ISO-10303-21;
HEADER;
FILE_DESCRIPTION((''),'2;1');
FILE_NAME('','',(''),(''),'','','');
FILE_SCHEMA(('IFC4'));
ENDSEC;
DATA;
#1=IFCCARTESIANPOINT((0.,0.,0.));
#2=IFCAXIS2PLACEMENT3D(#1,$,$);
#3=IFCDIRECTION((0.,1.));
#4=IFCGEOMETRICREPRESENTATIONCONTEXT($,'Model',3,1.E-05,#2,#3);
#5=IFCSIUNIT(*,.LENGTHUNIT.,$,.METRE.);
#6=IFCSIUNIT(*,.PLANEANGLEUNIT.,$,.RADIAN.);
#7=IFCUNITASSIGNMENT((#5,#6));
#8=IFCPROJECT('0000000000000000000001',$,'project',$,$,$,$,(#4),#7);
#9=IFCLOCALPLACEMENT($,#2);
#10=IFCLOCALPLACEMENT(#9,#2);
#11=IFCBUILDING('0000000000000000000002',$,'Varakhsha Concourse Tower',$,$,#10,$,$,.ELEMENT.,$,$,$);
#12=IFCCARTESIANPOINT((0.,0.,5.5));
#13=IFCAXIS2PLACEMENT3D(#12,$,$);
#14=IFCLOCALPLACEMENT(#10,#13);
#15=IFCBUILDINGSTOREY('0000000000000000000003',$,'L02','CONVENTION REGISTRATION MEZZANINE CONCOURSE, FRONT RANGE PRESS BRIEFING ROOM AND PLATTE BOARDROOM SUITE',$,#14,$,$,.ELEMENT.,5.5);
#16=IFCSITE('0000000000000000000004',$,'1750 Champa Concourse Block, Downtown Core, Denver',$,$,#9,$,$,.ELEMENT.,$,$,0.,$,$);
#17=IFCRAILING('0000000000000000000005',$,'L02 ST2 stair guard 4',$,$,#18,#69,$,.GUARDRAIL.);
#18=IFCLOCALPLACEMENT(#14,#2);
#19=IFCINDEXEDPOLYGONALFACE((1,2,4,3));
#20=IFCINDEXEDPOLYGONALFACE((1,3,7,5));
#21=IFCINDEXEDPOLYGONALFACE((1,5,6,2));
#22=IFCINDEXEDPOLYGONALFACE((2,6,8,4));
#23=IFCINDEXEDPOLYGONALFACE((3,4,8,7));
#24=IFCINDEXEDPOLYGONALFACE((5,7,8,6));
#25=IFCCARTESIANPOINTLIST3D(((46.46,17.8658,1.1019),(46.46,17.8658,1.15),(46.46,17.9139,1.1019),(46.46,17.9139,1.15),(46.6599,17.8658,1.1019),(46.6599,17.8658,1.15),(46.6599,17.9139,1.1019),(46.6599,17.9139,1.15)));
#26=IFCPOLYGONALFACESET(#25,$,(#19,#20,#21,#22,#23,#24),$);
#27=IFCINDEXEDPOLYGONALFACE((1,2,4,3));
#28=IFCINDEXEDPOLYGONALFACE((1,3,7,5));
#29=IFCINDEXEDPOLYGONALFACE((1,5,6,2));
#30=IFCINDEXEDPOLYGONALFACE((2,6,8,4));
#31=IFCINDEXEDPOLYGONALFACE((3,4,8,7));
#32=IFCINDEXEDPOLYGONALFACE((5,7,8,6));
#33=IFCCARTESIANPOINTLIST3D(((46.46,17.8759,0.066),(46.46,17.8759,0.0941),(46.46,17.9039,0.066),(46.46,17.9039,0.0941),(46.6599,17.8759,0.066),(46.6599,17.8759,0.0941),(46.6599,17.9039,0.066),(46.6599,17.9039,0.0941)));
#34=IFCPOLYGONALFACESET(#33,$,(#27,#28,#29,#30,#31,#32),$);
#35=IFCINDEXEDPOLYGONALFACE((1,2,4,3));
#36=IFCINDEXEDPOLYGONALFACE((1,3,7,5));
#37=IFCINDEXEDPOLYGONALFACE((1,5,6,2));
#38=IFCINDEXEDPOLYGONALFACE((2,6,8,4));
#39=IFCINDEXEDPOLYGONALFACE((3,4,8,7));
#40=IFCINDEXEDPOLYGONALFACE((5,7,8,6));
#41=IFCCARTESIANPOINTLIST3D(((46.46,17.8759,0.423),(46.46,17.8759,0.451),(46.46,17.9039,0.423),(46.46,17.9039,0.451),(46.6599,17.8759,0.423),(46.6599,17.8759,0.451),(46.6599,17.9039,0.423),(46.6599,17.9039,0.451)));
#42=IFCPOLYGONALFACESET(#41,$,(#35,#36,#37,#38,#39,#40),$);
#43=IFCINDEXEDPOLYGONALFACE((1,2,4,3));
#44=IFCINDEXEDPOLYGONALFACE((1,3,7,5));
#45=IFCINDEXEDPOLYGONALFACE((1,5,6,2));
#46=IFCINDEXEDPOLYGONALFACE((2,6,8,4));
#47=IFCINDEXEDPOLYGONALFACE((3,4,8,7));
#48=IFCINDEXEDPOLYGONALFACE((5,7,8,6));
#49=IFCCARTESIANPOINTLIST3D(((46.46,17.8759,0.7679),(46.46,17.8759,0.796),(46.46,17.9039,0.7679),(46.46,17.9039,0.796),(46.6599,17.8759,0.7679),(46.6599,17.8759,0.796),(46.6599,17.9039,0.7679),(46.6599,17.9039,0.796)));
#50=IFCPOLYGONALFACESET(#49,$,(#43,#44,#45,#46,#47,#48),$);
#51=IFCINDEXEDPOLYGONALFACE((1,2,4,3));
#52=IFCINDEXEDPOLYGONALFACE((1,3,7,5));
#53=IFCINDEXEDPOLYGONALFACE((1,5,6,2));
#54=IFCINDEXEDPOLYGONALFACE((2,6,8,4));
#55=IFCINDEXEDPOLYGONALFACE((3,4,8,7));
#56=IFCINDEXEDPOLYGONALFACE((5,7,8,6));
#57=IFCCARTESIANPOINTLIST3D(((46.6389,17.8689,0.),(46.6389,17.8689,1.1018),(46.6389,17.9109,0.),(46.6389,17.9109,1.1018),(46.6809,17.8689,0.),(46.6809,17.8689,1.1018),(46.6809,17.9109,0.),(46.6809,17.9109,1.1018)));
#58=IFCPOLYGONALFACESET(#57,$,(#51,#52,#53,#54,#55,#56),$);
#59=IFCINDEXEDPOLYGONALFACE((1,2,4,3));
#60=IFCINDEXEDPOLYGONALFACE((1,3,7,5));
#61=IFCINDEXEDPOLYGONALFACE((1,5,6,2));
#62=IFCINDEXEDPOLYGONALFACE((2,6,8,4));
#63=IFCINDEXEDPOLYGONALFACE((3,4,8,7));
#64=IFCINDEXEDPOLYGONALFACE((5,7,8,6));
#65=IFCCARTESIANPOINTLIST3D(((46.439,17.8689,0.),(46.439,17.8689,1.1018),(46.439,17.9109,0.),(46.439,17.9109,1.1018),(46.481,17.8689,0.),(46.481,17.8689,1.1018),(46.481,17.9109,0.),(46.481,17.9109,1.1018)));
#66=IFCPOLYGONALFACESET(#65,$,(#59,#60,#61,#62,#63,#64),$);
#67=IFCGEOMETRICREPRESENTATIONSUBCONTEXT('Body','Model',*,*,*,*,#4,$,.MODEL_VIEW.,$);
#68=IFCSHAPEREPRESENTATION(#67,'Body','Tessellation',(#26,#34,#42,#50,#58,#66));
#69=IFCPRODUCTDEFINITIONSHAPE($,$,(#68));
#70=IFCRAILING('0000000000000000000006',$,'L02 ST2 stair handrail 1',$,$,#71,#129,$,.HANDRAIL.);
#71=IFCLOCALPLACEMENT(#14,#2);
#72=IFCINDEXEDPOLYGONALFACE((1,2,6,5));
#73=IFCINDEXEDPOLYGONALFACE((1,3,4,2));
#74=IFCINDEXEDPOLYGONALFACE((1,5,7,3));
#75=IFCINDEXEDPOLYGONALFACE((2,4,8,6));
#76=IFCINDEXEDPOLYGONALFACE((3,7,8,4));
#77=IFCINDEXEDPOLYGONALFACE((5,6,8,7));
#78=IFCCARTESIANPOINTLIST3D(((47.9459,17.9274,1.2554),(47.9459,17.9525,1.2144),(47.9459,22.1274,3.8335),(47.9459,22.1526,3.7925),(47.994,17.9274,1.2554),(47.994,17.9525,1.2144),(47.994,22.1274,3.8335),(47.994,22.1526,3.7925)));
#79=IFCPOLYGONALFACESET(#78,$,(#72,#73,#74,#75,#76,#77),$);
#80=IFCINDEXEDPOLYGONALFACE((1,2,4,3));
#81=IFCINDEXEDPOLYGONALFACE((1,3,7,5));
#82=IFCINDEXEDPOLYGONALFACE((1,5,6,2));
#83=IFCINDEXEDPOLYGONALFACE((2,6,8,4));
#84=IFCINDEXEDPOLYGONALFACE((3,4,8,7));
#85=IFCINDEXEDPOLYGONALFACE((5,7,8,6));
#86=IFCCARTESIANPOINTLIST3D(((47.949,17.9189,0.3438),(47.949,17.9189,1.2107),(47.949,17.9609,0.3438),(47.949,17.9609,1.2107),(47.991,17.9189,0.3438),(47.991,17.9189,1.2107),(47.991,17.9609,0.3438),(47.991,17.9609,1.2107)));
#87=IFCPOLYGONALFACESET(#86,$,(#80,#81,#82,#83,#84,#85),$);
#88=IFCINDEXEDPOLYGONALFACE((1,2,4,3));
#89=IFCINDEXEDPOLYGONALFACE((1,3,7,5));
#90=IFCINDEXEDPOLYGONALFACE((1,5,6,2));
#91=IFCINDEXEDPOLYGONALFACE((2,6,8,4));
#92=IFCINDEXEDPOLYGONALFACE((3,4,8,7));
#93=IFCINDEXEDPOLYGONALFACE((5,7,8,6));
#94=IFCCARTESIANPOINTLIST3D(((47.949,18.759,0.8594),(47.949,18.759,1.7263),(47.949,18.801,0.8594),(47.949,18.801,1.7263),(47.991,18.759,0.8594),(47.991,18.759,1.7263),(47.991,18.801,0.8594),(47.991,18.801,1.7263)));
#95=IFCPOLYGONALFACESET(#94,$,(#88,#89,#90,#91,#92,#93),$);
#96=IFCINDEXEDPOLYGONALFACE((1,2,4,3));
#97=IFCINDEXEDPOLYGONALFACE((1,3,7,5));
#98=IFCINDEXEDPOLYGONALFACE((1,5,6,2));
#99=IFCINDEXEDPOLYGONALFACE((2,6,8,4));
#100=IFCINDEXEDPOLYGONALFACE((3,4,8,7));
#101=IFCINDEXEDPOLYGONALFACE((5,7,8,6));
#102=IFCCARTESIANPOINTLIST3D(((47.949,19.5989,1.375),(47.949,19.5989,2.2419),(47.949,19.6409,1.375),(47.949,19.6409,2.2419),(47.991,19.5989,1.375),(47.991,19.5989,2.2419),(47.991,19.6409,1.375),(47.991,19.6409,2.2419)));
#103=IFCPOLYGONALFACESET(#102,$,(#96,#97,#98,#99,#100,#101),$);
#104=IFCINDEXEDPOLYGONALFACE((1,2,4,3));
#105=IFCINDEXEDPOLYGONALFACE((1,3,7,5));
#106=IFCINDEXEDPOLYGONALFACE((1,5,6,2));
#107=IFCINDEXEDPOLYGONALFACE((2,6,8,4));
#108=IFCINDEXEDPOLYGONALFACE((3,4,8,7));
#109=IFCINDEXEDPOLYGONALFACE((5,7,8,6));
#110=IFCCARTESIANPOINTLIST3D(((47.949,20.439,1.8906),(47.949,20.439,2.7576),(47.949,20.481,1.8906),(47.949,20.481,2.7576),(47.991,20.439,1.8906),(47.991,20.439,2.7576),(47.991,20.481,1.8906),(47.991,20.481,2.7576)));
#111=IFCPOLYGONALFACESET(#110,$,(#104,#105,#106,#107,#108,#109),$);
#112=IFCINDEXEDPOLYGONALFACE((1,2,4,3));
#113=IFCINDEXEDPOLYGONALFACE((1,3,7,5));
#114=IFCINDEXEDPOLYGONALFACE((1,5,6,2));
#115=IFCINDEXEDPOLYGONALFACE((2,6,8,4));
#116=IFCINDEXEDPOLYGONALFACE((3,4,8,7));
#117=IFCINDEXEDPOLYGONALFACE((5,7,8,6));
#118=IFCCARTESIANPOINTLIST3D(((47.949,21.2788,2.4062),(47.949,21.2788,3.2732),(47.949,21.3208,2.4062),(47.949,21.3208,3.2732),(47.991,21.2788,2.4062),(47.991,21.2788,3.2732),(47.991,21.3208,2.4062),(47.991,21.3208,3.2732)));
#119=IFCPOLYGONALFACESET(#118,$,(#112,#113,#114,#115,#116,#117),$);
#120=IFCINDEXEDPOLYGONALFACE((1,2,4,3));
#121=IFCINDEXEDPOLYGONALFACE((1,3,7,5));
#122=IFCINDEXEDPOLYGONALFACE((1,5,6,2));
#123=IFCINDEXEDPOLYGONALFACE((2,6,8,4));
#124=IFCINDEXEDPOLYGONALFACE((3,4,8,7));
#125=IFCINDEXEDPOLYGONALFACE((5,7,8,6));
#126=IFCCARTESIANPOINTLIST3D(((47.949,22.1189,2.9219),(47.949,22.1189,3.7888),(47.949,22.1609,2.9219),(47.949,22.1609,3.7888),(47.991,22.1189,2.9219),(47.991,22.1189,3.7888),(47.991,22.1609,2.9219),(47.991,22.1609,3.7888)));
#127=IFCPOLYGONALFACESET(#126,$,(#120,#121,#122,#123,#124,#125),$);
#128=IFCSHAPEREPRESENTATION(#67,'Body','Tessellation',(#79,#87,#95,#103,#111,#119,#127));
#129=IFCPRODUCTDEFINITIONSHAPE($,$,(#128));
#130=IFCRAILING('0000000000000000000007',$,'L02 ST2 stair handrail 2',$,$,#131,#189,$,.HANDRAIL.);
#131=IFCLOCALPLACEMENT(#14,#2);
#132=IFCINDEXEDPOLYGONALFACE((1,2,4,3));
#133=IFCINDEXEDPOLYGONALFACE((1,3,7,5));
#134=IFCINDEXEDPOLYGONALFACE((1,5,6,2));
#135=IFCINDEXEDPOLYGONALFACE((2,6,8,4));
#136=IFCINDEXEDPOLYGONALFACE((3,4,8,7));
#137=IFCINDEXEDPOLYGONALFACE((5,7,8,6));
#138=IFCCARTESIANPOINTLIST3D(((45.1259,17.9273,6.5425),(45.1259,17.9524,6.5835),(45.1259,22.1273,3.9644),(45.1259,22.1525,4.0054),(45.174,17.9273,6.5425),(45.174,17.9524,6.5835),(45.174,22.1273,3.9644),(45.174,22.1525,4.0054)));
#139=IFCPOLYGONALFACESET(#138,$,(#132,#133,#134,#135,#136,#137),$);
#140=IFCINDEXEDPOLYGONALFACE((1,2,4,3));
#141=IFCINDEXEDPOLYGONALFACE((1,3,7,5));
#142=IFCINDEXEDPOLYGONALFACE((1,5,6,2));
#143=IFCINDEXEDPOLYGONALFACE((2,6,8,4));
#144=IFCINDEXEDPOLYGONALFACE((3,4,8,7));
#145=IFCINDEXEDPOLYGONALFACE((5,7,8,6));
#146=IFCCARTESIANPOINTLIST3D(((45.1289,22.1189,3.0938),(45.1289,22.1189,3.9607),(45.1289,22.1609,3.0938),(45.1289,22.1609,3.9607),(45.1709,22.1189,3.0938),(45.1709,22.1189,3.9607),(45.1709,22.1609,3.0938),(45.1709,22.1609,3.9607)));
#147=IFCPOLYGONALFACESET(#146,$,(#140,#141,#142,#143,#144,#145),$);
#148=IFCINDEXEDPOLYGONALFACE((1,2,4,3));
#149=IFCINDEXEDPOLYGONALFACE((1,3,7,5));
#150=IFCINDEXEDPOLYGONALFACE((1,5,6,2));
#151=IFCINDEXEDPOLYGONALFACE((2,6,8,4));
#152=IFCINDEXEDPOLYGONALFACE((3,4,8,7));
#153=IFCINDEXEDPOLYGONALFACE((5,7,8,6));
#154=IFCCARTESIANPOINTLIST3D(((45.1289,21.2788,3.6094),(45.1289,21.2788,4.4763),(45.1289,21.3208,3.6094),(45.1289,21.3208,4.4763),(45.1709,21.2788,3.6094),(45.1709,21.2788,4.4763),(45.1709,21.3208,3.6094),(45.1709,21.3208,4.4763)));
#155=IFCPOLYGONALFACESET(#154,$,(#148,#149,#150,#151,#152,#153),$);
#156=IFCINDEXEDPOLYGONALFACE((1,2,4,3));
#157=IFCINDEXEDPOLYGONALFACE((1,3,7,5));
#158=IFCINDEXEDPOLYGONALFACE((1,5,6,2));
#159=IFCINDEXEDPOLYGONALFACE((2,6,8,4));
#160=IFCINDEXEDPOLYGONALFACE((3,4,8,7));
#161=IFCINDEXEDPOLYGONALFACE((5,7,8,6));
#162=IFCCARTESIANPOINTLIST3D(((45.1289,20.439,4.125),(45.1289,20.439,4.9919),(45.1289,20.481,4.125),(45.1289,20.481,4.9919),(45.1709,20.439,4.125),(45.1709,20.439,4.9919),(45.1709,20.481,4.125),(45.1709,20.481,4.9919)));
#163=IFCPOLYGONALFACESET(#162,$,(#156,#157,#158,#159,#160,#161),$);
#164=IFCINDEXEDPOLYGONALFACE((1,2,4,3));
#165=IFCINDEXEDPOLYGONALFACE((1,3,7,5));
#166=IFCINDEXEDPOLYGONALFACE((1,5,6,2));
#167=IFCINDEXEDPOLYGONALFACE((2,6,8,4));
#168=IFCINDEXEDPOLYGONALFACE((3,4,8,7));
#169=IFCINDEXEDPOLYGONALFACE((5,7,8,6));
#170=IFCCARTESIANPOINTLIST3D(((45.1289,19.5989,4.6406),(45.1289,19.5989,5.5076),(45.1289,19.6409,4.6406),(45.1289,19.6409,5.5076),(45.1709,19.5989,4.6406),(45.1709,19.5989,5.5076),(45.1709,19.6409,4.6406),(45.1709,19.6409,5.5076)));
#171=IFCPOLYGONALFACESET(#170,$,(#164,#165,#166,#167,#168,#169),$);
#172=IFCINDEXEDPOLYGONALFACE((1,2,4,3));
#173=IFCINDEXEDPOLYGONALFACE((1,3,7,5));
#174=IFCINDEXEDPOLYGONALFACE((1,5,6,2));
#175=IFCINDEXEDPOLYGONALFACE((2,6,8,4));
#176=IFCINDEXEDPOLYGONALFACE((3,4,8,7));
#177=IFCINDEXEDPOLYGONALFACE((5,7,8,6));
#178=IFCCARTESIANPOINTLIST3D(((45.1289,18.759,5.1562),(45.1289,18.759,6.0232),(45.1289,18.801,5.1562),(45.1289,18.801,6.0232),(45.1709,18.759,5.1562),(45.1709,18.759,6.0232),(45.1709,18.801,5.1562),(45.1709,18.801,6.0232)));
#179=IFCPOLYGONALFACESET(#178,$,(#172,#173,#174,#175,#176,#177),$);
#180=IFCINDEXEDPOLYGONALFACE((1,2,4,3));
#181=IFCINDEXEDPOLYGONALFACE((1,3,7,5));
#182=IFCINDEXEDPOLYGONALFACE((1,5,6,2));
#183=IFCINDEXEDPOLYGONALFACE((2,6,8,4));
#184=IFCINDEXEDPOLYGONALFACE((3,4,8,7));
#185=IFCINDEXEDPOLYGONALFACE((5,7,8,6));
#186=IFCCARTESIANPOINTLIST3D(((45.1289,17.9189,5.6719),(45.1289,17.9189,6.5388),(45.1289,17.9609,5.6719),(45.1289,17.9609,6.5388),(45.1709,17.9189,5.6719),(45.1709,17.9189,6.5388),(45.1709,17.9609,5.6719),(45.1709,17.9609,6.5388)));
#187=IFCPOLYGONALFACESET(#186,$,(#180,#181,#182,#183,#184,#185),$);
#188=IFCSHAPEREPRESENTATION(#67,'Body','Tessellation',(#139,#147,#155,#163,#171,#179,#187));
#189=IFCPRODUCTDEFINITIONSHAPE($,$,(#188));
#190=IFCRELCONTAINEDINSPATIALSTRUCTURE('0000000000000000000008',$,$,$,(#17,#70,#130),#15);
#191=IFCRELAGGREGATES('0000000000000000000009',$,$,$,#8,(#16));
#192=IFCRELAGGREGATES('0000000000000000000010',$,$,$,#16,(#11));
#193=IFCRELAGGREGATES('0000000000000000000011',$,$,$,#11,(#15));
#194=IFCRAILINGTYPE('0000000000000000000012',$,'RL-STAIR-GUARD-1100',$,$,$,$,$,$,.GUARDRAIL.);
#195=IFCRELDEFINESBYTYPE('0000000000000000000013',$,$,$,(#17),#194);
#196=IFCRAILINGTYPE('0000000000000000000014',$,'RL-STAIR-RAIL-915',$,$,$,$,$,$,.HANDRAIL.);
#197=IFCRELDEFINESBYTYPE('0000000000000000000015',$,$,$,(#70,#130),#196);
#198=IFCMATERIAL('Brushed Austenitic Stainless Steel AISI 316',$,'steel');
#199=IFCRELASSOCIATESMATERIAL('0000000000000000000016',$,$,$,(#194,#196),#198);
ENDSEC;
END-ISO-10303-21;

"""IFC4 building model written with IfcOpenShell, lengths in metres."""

from ifc_helpers import new_model, si_unit, direction, frame, origin, origin_2d, place, context, subcontext, project, spatial, rectangle, extrude, material, type_object, element, save


model = new_model("IFC4")

# Units and contexts
model_context = context("Model", 3, precision=1e-05, world=origin(), true_north=direction((0.0, 1.0)))
body_context = subcontext(model_context, "Body", "Model", "MODEL_VIEW")
ifc_project = project(units=[si_unit("LENGTHUNIT", "METRE"), si_unit("PLANEANGLEUNIT", "RADIAN")], contexts=[model_context])

# Site, building, storey
site_placement = place(None, origin())
site = spatial("IfcSite", under=ifc_project, at=site_placement, Name="1750 Champa Concourse Block, Downtown Core, Denver", CompositionType="ELEMENT", RefElevation=0.0)
building_placement = place(site_placement, origin())
building = spatial("IfcBuilding", under=site, at=building_placement, Name="Varakhsha Concourse Tower", CompositionType="ELEMENT")
storey_placement = place(building_placement, frame((0.0, 0.0, 5.5)))
storey = spatial("IfcBuildingStorey", under=building, at=storey_placement, Name="L02", Description="CONVENTION REGISTRATION MEZZANINE CONCOURSE, FRONT RANGE PRESS BRIEFING ROOM AND PLATTE BOARDROOM SUITE", CompositionType="ELEMENT", Elevation=5.5)

# Railings
ifc_material_1 = material(Name="Brushed Austenitic Stainless Steel AISI 316", Category="steel")
railing_type_1 = type_object("IfcRailingType", Name="RL-STAIR-GUARD-1100", PredefinedType="GUARDRAIL", material=ifc_material_1)
railing_1_placement = place(storey_placement, frame((46.6599, 17.8899, 0.0)))
element("IfcRailing", 1, at=railing_1_placement, inside=storey, type_object=railing_type_1, Name="L02 ST2 stair guard 4", PredefinedType="GUARDRAIL", context=body_context, shape_type="SweptSolid", body=[
    extrude(rectangle(XDim=0.0481, YDim=0.0481, at=origin_2d()), frame((0.0, 0.0, 1.126), z_axis=(-1.0, 0.0, 0.0), x_axis=(0.0, -1.0, 0.0)), (0.0, 0.0, 1.0), 0.2),
    extrude(rectangle(XDim=0.0281, YDim=0.0281, at=origin_2d()), frame((0.0, 0.0, 0.0801), z_axis=(-1.0, 0.0, 0.0), x_axis=(0.0, -1.0, 0.0)), (0.0, 0.0, 1.0), 0.2),
    extrude(rectangle(XDim=0.0281, YDim=0.0281, at=origin_2d()), frame((0.0, 0.0, 0.437), z_axis=(-1.0, 0.0, 0.0), x_axis=(0.0, -1.0, 0.0)), (0.0, 0.0, 1.0), 0.2),
    extrude(rectangle(XDim=0.0281, YDim=0.0281, at=origin_2d()), frame((0.0, 0.0, 0.782), z_axis=(-1.0, 0.0, 0.0), x_axis=(0.0, -1.0, 0.0)), (0.0, 0.0, 1.0), 0.2),
    extrude(rectangle(XDim=0.042, YDim=0.042, at=origin_2d()), origin(), (0.0, 0.0, 1.0), 1.1018),
    extrude(rectangle(XDim=0.042, YDim=0.042, at=origin_2d()), frame((-0.2, 0.0, 0.0)), (0.0, 0.0, 1.0), 1.1018),
])
railing_type_2 = type_object("IfcRailingType", Name="RL-STAIR-RAIL-915", PredefinedType="HANDRAIL", material=ifc_material_1)
railing_2_placement = place(storey_placement, frame((47.97, 17.9399, 0.3438)))
element("IfcRailing", 2, at=railing_2_placement, inside=storey, type_object=railing_type_2, Name="L02 ST2 stair handrail 1", PredefinedType="HANDRAIL", context=body_context, shape_type="SweptSolid", body=[
    extrude(rectangle(XDim=0.0481, YDim=0.0481, at=origin_2d()), frame((0.0, 0.0, 0.8911), z_axis=(0.0, 0.852243, 0.523146), x_axis=(-1.0, 0.0, 0.0)), (0.0, 0.0, 1.0), 4.9282),
    extrude(rectangle(XDim=0.042, YDim=0.042, at=origin_2d()), origin(), (0.0, 0.0, 1.0), 0.8669),
    extrude(rectangle(XDim=0.042, YDim=0.042, at=origin_2d()), frame((0.0, 0.8401, 0.5156)), (0.0, 0.0, 1.0), 0.8669),
    extrude(rectangle(XDim=0.042, YDim=0.042, at=origin_2d()), frame((0.0, 1.6799, 1.0312)), (0.0, 0.0, 1.0), 0.8669),
    extrude(rectangle(XDim=0.042, YDim=0.042, at=origin_2d()), frame((0.0, 2.52, 1.5469)), (0.0, 0.0, 1.0), 0.8669),
    extrude(rectangle(XDim=0.042, YDim=0.042, at=origin_2d()), frame((0.0, 3.3599, 2.0625)), (0.0, 0.0, 1.0), 0.8669),
    extrude(rectangle(XDim=0.042, YDim=0.042, at=origin_2d()), frame((0.0, 4.2, 2.5781)), (0.0, 0.0, 1.0), 0.8669),
])
railing_3_placement = place(storey_placement, frame((45.1499, 22.1399, 3.0938)))
element("IfcRailing", 3, at=railing_3_placement, inside=storey, type_object=railing_type_2, Name="L02 ST2 stair handrail 2", PredefinedType="HANDRAIL", context=body_context, shape_type="SweptSolid", body=[
    extrude(rectangle(XDim=0.0481, YDim=0.0481, at=origin_2d()), frame((0.0, 0.0, 0.8911), z_axis=(0.0, -0.852243, 0.523146), x_axis=(1.0, 0.0, 0.0)), (0.0, 0.0, 1.0), 4.9282),
    extrude(rectangle(XDim=0.042, YDim=0.042, at=origin_2d()), origin(), (0.0, 0.0, 1.0), 0.8669),
    extrude(rectangle(XDim=0.042, YDim=0.042, at=origin_2d()), frame((0.0, -0.8401, 0.5156)), (0.0, 0.0, 1.0), 0.8669),
    extrude(rectangle(XDim=0.042, YDim=0.042, at=origin_2d()), frame((0.0, -1.6799, 1.0312)), (0.0, 0.0, 1.0), 0.8669),
    extrude(rectangle(XDim=0.042, YDim=0.042, at=origin_2d()), frame((0.0, -2.52, 1.5469)), (0.0, 0.0, 1.0), 0.8669),
    extrude(rectangle(XDim=0.042, YDim=0.042, at=origin_2d()), frame((0.0, -3.3599, 2.0625)), (0.0, 0.0, 1.0), 0.8669),
    extrude(rectangle(XDim=0.042, YDim=0.042, at=origin_2d()), frame((0.0, -4.2, 2.5781)), (0.0, 0.0, 1.0), 0.8669),
])

save(model, "model.ifc")
